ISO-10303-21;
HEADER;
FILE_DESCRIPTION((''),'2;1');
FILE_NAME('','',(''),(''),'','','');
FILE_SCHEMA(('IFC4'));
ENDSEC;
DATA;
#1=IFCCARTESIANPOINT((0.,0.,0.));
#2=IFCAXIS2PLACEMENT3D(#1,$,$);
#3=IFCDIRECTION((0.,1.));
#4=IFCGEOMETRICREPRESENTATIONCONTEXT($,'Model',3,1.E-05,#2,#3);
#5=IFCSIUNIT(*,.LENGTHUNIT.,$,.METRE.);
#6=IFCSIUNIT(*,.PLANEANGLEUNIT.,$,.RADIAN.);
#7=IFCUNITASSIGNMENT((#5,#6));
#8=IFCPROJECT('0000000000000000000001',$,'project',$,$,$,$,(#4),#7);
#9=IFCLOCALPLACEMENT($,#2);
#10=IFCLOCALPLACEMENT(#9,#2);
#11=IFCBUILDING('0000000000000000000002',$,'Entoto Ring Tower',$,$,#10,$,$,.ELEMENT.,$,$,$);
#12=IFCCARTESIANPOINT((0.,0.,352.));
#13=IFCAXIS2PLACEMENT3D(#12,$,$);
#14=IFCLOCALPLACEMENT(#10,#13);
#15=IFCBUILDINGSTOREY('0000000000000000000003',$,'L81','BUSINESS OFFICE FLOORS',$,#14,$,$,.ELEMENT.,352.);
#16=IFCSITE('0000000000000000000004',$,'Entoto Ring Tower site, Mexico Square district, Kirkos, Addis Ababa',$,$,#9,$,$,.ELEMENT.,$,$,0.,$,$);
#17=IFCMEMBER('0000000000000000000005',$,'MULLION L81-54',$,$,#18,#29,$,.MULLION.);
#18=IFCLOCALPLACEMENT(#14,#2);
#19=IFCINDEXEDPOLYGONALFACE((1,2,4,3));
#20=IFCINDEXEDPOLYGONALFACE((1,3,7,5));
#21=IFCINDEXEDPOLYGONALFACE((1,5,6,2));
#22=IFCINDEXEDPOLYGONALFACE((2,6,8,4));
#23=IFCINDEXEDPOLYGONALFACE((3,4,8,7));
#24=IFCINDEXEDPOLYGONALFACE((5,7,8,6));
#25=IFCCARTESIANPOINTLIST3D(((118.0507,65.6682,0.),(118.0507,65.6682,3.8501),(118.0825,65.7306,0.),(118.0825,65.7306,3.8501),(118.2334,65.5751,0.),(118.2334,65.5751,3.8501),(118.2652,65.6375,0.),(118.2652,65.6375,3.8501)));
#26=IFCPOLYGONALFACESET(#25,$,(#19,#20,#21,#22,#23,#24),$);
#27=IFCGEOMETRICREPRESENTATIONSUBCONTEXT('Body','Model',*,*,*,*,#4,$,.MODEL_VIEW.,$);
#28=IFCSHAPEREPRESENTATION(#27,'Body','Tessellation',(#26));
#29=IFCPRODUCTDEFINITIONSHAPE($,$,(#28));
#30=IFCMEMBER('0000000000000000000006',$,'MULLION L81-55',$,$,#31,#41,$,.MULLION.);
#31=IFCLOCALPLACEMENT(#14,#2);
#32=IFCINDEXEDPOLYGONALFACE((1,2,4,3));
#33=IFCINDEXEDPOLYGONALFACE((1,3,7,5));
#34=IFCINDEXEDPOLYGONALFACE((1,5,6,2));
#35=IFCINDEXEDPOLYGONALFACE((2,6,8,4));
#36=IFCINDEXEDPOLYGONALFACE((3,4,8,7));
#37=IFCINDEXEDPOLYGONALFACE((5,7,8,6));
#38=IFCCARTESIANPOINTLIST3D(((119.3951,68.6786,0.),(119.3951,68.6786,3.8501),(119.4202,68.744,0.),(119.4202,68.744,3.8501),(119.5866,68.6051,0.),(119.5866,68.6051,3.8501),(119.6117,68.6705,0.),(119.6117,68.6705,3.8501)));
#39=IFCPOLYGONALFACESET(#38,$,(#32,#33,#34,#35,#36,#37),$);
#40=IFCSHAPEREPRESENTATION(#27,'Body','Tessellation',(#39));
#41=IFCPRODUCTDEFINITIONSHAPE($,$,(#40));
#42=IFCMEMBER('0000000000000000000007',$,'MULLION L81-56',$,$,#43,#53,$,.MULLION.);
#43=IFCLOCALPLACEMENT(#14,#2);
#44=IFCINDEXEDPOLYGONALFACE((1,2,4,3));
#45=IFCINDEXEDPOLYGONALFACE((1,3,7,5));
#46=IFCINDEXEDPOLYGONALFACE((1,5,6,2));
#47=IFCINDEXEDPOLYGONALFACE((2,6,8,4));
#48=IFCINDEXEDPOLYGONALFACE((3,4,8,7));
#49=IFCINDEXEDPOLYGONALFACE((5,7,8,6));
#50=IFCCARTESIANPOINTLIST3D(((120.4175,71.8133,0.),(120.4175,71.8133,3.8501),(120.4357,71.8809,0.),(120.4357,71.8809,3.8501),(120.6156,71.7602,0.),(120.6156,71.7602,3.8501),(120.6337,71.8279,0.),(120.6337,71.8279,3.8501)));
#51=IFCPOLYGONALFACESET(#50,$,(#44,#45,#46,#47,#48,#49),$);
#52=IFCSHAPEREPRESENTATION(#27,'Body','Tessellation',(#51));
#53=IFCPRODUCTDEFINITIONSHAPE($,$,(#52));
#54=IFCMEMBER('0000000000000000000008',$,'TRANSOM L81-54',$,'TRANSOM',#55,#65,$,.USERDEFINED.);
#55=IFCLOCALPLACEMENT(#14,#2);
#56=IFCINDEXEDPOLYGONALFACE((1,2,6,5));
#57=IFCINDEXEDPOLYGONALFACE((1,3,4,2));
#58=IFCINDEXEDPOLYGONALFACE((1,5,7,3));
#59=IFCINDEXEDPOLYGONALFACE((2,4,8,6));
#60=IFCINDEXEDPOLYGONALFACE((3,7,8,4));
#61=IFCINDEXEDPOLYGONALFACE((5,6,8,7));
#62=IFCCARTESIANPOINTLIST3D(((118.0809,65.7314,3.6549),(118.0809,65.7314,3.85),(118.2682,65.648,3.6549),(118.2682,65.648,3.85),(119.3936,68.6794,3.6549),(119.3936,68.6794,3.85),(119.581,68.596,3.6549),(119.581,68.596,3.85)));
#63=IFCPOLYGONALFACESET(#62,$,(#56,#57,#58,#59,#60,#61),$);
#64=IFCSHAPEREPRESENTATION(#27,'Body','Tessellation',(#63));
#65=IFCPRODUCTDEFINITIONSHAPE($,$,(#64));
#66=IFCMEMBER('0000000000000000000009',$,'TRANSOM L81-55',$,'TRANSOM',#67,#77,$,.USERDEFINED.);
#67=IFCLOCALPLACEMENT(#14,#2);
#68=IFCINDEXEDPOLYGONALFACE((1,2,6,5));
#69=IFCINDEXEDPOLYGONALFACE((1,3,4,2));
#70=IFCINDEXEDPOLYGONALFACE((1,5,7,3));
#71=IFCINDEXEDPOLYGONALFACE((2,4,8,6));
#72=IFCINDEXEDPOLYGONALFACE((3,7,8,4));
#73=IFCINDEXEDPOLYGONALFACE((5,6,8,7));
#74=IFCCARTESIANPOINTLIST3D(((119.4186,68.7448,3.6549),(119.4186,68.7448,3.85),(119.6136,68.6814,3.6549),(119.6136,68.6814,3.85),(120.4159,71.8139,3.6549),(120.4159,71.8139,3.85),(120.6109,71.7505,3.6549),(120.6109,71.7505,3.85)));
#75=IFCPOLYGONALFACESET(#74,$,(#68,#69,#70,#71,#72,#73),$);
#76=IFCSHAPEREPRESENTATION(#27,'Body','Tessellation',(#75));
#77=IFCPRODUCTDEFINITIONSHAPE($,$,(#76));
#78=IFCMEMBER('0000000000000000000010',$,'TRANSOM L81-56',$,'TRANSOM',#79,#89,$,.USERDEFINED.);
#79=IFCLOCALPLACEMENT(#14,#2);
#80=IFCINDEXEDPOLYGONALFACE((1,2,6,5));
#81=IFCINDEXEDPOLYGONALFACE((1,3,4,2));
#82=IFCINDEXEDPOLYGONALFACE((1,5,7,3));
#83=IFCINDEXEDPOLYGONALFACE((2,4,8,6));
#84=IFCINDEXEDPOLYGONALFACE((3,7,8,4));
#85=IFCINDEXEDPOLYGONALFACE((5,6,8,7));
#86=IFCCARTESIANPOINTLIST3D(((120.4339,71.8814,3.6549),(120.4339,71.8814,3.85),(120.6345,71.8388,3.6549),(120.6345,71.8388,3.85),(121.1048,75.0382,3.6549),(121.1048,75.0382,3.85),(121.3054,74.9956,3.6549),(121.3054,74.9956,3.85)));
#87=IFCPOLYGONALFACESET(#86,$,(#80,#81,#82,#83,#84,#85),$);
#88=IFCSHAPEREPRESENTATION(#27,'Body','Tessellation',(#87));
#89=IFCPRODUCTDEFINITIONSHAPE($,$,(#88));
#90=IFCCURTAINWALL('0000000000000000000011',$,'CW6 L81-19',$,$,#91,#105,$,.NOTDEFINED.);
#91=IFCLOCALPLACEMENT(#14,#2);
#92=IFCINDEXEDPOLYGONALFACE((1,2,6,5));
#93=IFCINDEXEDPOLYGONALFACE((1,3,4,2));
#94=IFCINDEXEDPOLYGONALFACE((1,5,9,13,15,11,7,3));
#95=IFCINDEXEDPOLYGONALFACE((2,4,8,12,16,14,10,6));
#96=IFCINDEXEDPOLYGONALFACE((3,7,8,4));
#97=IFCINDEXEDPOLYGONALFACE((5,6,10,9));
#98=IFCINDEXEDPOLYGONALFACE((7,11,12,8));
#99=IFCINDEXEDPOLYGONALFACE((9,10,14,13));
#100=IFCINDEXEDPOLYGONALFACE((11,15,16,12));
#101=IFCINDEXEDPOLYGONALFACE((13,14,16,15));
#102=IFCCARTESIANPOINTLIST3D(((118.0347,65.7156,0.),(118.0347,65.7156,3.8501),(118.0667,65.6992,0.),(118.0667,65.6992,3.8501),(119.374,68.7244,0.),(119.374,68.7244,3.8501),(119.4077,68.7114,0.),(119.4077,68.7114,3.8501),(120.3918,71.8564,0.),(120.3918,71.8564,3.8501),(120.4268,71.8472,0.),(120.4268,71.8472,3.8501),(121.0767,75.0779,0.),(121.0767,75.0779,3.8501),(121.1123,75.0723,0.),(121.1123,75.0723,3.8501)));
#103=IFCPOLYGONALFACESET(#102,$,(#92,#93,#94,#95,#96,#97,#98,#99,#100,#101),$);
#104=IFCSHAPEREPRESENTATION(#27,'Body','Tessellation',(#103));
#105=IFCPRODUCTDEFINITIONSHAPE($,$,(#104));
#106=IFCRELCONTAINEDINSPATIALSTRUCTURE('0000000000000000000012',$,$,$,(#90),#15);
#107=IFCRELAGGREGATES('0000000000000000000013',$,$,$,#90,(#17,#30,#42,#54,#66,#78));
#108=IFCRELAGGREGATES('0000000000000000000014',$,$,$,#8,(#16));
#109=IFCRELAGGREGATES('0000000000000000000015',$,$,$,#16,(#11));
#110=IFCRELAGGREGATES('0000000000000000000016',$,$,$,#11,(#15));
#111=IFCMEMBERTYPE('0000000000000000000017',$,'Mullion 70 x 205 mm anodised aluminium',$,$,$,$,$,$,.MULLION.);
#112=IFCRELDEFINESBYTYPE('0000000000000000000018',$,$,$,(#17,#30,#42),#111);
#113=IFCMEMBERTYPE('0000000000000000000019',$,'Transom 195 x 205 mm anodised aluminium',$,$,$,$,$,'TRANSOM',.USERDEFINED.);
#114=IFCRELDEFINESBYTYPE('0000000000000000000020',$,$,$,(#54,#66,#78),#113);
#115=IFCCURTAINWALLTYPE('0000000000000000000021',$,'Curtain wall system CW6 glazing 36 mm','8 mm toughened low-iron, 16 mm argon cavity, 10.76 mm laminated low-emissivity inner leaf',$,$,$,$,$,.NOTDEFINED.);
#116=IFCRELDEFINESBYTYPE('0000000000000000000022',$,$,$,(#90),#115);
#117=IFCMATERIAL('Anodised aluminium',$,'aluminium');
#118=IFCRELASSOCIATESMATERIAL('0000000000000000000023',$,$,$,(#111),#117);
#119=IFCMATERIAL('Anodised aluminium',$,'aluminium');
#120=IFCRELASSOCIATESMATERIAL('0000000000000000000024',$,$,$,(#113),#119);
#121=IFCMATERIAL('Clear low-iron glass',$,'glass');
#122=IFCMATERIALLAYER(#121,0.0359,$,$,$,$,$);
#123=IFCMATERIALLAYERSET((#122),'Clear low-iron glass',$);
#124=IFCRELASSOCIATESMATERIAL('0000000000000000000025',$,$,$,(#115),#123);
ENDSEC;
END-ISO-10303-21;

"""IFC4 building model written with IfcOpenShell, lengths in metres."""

from ifc_helpers import new_model, si_unit, direction, frame, origin, origin_2d, place, context, subcontext, project, spatial, polyline, rectangle, outline, extrude, material, layer, layer_set, material_profile, profile_set, type_object, element, aggregate, save


model = new_model("IFC4")

# Units and contexts
model_context = context("Model", 3, precision=1e-05, world=origin(), true_north=direction((0.0, 1.0)))
body_context = subcontext(model_context, "Body", "Model", "MODEL_VIEW")
ifc_project = project(units=[si_unit("LENGTHUNIT", "METRE"), si_unit("PLANEANGLEUNIT", "RADIAN")], contexts=[model_context])

# Members
ifc_material_1 = material(Name="Anodised aluminium", Category="aluminium")
ifc_material_profile_1 = material_profile(ifc_material_1, rectangle(XDim=0.0701, YDim=0.2051, at=origin_2d()), Name="Mullion 70 x 205 mm anodised aluminium")
ifc_profile_set_1 = profile_set([ifc_material_profile_1], Name="Anodised aluminium")
member_type_1 = type_object("IfcMemberType", Name="Mullion 70 x 205 mm anodised aluminium", PredefinedType="MULLION", material=ifc_profile_set_1)
site_placement = place(None, origin())
building_placement = place(site_placement, origin())
storey_placement = place(building_placement, frame((0.0, 0.0, 352.0)))
member_1_placement = place(storey_placement, frame((118.158, 65.6528, 0.0), z_axis=(0.0, 0.0, 1.0), x_axis=(0.45399, 0.891007, 0.0)))
member_1 = element("IfcMember", 1, at=member_1_placement, type_object=member_type_1, Name="MULLION L81-54", PredefinedType="MULLION", context=body_context, shape_type="SweptSolid", body=[
    extrude(rectangle(XDim=0.0701, YDim=0.2051, at=origin_2d()), origin(), (0.0, 0.0, 1.0), 3.8501),
])
member_2_placement = place(storey_placement, frame((119.5034, 68.6746, 0.0), z_axis=(0.0, 0.0, 1.0), x_axis=(0.358368, 0.93358, 0.0)))
member_2 = element("IfcMember", 2, at=member_2_placement, type_object=member_type_1, Name="MULLION L81-55", PredefinedType="MULLION", context=body_context, shape_type="SweptSolid", body=[
    extrude(rectangle(XDim=0.0701, YDim=0.2051, at=origin_2d()), origin(), (0.0, 0.0, 1.0), 3.8501),
])
member_3_placement = place(storey_placement, frame((120.5256, 71.8206, 0.0), z_axis=(0.0, 0.0, 1.0), x_axis=(0.258819, 0.965926, 0.0)))
member_3 = element("IfcMember", 3, at=member_3_placement, type_object=member_type_1, Name="MULLION L81-56", PredefinedType="MULLION", context=body_context, shape_type="SweptSolid", body=[
    extrude(rectangle(XDim=0.0701, YDim=0.2051, at=origin_2d()), origin(), (0.0, 0.0, 1.0), 3.8501),
])
ifc_material_2 = material(Name="Anodised aluminium", Category="aluminium")
ifc_material_profile_2 = material_profile(ifc_material_2, rectangle(XDim=0.2051, YDim=0.1951, at=origin_2d()), Name="Transom 195 x 205 mm anodised aluminium")
ifc_profile_set_2 = profile_set([ifc_material_profile_2], Name="Anodised aluminium")
member_type_2 = type_object("IfcMemberType", Name="Transom 195 x 205 mm anodised aluminium", ElementType="TRANSOM", PredefinedType="USERDEFINED", material=ifc_profile_set_2)
member_4_placement = place(storey_placement, frame((118.1746, 65.6897, 3.7524), z_axis=(0.406791, 0.913521, 0.0), x_axis=(-0.913521, 0.406791, 0.0)))
member_4 = element("IfcMember", 4, at=member_4_placement, type_object=member_type_2, Name="TRANSOM L81-54", ObjectType="TRANSOM", PredefinedType="USERDEFINED", context=body_context, shape_type="SweptSolid", body=[
    extrude(rectangle(XDim=0.2051, YDim=0.1951, at=origin_2d()), origin(), (0.0, 0.0, 1.0), 3.2271),
])
member_5_placement = place(storey_placement, frame((119.5161, 68.7131, 3.7524), z_axis=(0.309047, 0.951047, 0.0), x_axis=(-0.951047, 0.309047, 0.0)))
member_5 = element("IfcMember", 5, at=member_5_placement, type_object=member_type_2, Name="TRANSOM L81-55", ObjectType="TRANSOM", PredefinedType="USERDEFINED", context=body_context, shape_type="SweptSolid", body=[
    extrude(rectangle(XDim=0.2051, YDim=0.1951, at=origin_2d()), origin(), (0.0, 0.0, 1.0), 3.2271),
])
member_6_placement = place(storey_placement, frame((120.5342, 71.8601, 3.7524), z_axis=(0.207886, 0.978153, 0.0), x_axis=(-0.978153, 0.207886, 0.0)))
member_6 = element("IfcMember", 6, at=member_6_placement, type_object=member_type_2, Name="TRANSOM L81-56", ObjectType="TRANSOM", PredefinedType="USERDEFINED", context=body_context, shape_type="SweptSolid", body=[
    extrude(rectangle(XDim=0.2051, YDim=0.1951, at=origin_2d()), origin(), (0.0, 0.0, 1.0), 3.2273),
])

# Site, building, storey
site = spatial("IfcSite", under=ifc_project, at=site_placement, Name="Entoto Ring Tower site, Mexico Square district, Kirkos, Addis Ababa", CompositionType="ELEMENT", RefElevation=0.0)
building = spatial("IfcBuilding", under=site, at=building_placement, Name="Entoto Ring Tower", CompositionType="ELEMENT")
storey = spatial("IfcBuildingStorey", under=building, at=storey_placement, Name="L81", Description="BUSINESS OFFICE FLOORS", CompositionType="ELEMENT", Elevation=352.0)

# Curtain wall
ifc_material_3 = material(Name="Clear low-iron glass", Category="glass")
ifc_layer_1 = layer(ifc_material_3, 0.0359)
ifc_layer_set_1 = layer_set([ifc_layer_1], Name="Clear low-iron glass")
curtain_wall_type = type_object("IfcCurtainWallType", Name="Curtain wall system CW6 glazing 36 mm", Description="8 mm toughened low-iron, 16 mm argon cavity, 10.76 mm laminated low-emissivity inner leaf", PredefinedType="NOTDEFINED", material=ifc_layer_set_1)
curtain_wall_1_placement = place(storey_placement, origin())
curtain_wall_1 = element("IfcCurtainWall", 7, at=curtain_wall_1_placement, inside=storey, type_object=curtain_wall_type, Name="CW6 L81-19", PredefinedType="NOTDEFINED", context=body_context, shape_type="SweptSolid", body=[
    extrude(outline(polyline([(118.0667, 65.6992), (119.4077, 68.7114), (120.4268, 71.8472), (121.1123, 75.0723), (121.0767, 75.0779), (120.3918, 71.8564), (119.374, 68.7244), (118.0347, 65.7156), (118.0667, 65.6992)])), origin(), (0.0, 0.0, 1.0), 3.8501),
])
aggregate(curtain_wall_1, [member_1, member_2, member_3, member_4, member_5, member_6])

save(model, "model.ifc")
